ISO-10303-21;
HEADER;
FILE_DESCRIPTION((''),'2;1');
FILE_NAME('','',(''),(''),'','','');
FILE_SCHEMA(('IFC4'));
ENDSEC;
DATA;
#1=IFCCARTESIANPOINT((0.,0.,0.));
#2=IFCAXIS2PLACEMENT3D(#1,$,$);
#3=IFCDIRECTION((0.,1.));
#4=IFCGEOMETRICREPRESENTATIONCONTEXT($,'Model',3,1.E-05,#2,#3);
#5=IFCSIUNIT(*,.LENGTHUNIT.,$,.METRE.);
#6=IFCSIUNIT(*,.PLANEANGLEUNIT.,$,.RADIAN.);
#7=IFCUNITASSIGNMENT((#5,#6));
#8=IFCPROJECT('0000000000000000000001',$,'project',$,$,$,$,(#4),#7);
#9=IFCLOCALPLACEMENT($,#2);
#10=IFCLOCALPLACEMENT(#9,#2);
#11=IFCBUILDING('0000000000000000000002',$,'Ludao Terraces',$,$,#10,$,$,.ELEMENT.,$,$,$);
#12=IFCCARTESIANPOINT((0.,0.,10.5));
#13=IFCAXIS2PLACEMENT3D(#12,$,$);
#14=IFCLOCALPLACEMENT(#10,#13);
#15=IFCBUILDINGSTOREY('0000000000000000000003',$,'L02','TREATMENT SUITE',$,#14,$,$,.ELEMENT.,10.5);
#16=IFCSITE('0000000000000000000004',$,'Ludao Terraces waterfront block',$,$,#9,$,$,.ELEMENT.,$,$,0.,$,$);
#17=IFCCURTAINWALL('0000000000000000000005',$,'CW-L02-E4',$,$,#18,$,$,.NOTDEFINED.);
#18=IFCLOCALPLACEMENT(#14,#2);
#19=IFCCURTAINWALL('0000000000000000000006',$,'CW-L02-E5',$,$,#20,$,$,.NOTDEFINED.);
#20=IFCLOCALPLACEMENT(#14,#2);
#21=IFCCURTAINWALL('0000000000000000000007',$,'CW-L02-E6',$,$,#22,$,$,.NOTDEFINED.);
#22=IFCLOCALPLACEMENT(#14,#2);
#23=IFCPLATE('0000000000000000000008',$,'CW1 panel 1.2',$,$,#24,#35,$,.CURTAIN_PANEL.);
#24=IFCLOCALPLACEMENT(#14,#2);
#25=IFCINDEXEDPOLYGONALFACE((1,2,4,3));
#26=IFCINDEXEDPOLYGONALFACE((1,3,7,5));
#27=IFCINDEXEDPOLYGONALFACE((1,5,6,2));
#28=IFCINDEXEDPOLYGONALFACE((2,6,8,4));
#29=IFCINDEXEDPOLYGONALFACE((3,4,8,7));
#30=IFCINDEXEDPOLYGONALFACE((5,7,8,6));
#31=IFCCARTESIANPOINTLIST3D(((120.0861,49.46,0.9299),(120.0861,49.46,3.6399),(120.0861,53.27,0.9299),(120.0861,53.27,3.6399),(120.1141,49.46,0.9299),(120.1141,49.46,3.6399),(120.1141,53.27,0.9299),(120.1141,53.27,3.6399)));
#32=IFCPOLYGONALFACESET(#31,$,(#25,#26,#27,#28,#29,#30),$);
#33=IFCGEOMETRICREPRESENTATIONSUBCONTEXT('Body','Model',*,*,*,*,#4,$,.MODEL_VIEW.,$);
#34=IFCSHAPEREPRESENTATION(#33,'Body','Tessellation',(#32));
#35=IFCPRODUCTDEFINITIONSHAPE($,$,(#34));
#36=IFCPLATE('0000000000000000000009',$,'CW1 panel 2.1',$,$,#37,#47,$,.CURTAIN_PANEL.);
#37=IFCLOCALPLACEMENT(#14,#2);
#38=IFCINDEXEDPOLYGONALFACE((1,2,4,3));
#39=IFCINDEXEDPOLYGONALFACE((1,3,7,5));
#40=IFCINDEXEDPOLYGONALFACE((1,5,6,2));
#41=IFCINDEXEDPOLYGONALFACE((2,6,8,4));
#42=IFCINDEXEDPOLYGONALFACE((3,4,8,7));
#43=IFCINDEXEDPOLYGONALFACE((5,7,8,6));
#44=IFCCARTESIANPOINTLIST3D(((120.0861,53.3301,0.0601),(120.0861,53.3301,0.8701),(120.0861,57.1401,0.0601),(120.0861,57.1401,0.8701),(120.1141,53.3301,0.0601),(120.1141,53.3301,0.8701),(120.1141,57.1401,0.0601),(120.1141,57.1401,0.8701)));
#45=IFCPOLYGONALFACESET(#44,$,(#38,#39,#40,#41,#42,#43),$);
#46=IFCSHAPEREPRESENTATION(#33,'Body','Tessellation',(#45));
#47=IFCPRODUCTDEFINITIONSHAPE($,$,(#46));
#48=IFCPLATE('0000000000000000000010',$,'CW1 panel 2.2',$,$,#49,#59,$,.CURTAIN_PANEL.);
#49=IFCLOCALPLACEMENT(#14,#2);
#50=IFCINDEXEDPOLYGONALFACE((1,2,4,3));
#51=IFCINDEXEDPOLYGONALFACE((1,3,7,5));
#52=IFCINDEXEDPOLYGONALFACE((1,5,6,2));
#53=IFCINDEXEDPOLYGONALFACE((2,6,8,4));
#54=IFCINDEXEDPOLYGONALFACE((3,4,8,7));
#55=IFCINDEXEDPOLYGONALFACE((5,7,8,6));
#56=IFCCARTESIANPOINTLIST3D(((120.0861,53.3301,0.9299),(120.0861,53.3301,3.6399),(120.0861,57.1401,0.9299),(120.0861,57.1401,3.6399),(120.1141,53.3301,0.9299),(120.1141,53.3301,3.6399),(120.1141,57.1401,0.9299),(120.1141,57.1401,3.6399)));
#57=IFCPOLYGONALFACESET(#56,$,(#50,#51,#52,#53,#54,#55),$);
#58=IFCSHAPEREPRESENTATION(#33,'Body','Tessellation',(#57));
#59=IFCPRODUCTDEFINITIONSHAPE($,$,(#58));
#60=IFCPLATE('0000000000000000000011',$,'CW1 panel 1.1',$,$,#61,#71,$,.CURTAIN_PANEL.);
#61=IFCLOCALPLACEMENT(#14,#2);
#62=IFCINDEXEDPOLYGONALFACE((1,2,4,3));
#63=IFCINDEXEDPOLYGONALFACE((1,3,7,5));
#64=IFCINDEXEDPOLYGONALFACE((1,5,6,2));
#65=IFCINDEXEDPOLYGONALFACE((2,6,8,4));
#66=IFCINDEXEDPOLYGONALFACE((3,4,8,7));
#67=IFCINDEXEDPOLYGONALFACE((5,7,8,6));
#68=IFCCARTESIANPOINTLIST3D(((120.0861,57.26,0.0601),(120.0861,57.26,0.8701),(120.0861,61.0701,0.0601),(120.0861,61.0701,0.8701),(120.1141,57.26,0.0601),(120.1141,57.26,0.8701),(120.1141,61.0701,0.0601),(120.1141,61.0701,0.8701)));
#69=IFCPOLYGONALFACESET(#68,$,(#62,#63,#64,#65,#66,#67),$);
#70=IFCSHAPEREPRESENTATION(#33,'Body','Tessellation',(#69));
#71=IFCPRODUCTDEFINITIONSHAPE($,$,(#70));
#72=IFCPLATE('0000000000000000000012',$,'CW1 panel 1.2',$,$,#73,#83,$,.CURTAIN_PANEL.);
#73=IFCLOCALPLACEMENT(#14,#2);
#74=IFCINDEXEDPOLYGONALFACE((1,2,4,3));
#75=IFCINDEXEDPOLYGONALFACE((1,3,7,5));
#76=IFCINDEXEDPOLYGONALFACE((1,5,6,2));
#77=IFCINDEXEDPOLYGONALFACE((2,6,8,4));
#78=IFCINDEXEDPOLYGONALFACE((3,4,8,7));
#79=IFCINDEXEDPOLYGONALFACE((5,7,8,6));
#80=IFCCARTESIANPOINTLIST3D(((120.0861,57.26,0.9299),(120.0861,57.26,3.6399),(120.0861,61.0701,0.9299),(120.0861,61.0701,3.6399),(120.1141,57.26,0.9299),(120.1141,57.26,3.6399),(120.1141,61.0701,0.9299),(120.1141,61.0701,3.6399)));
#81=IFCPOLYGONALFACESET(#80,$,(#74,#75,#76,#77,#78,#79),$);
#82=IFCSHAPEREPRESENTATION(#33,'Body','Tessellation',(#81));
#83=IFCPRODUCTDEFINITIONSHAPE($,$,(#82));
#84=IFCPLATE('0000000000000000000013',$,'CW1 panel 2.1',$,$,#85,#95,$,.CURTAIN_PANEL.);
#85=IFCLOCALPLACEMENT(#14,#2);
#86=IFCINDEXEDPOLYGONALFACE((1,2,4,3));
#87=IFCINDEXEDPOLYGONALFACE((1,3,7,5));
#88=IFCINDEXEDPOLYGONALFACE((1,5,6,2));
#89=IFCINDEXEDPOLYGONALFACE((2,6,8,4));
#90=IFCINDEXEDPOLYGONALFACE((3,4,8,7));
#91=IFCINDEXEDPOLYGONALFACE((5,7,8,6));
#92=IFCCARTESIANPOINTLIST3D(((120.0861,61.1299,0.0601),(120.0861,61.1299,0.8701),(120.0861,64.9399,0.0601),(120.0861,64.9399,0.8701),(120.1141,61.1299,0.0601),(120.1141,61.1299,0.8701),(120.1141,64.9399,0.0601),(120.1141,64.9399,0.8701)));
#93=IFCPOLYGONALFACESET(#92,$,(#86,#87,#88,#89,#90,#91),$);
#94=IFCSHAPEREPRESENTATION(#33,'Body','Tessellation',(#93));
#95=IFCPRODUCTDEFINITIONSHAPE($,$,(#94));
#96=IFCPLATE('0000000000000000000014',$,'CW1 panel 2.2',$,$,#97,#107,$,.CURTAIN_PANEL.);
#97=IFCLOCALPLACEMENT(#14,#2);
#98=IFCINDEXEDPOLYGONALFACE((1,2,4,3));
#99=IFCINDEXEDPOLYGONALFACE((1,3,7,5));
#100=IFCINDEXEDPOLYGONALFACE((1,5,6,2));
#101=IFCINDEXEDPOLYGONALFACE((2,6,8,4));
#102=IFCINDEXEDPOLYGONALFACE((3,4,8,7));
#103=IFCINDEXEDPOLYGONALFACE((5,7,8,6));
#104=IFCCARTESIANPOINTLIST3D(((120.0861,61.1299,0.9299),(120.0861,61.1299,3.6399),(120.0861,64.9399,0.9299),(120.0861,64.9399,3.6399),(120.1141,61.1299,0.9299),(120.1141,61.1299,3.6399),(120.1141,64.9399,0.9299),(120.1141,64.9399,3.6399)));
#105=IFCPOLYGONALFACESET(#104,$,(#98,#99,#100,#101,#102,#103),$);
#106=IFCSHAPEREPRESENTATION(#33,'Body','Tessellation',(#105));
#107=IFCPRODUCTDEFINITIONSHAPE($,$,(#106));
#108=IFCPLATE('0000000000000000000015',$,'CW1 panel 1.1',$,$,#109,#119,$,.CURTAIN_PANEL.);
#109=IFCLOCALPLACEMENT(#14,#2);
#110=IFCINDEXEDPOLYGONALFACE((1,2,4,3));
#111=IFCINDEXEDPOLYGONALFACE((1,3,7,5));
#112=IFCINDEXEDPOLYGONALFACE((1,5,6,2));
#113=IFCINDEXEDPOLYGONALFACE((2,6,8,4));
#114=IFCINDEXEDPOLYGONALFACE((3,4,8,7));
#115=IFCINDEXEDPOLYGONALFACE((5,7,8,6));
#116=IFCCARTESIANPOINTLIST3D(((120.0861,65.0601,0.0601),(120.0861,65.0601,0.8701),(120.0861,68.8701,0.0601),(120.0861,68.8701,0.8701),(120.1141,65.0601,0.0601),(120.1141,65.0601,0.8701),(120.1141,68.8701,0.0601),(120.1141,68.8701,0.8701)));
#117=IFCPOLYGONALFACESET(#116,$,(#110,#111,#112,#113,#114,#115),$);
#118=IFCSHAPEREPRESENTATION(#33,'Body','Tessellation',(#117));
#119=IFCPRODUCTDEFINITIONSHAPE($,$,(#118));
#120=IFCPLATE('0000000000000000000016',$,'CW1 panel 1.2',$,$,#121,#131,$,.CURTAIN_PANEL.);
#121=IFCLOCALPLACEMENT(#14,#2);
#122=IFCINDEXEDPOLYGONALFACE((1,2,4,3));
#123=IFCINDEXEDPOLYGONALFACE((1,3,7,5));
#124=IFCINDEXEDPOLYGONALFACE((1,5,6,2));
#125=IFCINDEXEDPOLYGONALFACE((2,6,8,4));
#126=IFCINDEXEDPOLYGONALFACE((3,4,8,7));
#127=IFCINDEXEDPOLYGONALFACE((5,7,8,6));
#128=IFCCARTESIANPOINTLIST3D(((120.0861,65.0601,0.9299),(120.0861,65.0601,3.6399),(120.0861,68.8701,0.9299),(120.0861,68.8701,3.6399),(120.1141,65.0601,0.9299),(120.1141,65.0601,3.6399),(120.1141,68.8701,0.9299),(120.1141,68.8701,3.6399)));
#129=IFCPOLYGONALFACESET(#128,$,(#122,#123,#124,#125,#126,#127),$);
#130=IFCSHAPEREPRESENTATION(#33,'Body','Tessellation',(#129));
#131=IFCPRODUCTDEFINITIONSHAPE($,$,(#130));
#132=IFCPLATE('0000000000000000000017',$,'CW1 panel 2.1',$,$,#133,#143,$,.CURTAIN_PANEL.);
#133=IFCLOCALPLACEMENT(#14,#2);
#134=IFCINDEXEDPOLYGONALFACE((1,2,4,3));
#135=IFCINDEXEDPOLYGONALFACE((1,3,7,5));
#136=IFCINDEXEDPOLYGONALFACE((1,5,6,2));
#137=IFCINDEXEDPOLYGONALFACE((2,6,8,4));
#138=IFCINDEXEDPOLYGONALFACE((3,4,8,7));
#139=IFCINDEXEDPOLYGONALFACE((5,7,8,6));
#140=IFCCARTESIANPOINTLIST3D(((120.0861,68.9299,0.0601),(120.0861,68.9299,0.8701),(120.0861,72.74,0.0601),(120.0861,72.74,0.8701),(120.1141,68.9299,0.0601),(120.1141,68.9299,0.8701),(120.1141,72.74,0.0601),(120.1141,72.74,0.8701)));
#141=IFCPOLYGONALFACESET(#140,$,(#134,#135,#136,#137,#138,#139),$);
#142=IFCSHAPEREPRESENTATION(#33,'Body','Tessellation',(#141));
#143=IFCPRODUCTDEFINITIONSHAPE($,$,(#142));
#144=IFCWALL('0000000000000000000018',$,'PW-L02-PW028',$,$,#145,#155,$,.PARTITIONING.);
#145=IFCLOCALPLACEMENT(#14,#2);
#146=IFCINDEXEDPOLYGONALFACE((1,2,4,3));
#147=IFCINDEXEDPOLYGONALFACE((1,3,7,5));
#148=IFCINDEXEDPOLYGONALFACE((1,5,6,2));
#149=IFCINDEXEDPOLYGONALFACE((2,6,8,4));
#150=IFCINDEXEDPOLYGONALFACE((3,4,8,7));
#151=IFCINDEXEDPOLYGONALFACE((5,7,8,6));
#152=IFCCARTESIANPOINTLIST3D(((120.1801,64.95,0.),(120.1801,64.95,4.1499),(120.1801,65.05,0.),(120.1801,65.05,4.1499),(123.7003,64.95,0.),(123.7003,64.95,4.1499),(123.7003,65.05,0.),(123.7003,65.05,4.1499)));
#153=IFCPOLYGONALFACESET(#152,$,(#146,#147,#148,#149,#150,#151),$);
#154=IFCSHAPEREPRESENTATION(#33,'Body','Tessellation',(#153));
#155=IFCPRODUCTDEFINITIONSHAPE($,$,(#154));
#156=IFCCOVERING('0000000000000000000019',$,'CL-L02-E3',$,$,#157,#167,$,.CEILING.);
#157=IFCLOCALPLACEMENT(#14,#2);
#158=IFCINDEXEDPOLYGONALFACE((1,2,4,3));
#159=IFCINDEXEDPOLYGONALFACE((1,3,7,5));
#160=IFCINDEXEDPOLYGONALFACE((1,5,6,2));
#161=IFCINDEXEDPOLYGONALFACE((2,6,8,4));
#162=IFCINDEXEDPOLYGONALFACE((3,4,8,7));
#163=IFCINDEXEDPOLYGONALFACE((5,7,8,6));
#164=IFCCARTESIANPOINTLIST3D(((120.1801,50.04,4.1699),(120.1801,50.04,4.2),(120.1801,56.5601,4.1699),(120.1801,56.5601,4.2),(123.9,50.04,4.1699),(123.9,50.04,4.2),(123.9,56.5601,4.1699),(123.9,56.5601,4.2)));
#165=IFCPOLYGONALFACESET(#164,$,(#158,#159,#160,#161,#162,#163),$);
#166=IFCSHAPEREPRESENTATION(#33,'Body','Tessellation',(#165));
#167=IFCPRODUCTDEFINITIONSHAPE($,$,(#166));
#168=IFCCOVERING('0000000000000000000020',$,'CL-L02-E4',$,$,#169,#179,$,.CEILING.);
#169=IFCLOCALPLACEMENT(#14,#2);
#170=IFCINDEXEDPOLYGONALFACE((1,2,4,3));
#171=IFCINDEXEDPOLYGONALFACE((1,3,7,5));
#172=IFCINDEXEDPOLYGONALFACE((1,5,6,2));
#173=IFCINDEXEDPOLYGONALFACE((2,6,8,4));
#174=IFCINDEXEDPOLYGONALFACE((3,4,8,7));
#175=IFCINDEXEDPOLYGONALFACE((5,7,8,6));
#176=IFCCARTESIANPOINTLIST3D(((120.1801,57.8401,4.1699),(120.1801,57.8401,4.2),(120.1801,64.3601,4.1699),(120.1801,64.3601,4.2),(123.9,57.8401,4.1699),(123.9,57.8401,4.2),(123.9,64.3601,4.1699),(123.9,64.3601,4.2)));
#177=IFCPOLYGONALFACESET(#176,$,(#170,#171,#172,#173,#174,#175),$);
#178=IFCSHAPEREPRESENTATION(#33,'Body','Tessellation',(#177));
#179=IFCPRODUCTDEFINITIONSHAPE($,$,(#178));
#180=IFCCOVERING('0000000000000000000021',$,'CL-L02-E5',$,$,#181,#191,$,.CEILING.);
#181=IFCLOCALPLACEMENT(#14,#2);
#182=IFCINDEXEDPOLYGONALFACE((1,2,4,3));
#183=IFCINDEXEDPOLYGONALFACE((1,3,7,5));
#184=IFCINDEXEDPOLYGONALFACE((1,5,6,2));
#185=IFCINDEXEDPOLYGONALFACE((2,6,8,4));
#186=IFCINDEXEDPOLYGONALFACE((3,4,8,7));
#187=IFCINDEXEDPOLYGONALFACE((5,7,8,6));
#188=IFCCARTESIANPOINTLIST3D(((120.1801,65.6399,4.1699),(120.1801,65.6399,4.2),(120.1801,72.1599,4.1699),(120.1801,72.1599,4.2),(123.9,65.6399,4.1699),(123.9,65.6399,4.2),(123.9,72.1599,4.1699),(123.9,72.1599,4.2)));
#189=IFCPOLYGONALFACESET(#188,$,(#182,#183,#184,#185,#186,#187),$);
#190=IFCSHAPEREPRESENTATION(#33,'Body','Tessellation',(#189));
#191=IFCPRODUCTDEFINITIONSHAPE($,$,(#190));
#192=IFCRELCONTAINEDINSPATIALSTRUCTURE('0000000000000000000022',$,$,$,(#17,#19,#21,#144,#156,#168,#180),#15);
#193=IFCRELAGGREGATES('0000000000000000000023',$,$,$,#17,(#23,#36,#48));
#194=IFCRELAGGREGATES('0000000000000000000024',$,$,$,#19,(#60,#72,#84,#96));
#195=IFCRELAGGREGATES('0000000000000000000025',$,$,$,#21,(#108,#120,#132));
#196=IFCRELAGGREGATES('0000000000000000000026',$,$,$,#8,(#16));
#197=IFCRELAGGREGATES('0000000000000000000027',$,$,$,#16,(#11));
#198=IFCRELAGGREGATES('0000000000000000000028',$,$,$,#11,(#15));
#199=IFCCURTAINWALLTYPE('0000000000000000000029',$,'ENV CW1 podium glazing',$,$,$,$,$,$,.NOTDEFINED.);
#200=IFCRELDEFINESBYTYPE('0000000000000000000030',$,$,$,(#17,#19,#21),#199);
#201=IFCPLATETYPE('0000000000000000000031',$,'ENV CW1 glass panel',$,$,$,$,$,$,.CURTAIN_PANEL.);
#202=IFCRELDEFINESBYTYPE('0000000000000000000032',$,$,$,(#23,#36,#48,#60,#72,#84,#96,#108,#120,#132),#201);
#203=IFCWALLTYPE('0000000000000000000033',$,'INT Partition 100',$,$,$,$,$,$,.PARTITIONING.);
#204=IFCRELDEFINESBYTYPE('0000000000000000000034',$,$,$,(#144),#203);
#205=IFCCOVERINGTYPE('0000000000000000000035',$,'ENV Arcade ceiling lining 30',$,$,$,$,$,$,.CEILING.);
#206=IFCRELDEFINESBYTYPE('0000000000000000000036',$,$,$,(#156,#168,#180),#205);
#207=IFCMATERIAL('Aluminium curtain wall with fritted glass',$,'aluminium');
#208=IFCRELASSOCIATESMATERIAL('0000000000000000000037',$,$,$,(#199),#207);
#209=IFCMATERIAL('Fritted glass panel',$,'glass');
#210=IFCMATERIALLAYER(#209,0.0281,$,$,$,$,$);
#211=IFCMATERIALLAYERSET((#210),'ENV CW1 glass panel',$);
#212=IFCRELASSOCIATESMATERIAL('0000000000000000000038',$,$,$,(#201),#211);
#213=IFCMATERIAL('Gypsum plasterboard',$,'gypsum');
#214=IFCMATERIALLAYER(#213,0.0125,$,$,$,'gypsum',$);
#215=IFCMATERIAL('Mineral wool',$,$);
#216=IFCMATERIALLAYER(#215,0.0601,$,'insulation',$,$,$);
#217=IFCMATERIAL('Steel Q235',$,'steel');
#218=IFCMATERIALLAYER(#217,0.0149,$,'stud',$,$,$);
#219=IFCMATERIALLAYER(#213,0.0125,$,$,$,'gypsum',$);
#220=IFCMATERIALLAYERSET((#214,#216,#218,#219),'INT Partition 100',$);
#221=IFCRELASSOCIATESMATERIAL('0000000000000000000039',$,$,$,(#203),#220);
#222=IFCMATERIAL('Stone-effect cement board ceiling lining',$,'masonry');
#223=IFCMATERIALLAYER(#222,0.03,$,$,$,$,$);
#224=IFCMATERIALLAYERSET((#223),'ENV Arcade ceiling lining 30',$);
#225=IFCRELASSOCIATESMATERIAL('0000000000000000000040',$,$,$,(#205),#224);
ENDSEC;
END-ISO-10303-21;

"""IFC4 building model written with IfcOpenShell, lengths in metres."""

from ifc_helpers import new_model, si_unit, direction, frame, frame_2d, origin, origin_2d, place, context, subcontext, project, spatial, rectangle, extrude, material, layer, layer_set, type_object, element, aggregate, save


model = new_model("IFC4")

# Units and contexts
model_context = context("Model", 3, precision=1e-05, world=origin(), true_north=direction((0.0, 1.0)))
body_context = subcontext(model_context, "Body", "Model", "MODEL_VIEW")
ifc_project = project(units=[si_unit("LENGTHUNIT", "METRE"), si_unit("PLANEANGLEUNIT", "RADIAN")], contexts=[model_context])

# Site, building, storey
site_placement = place(None, origin())
site = spatial("IfcSite", under=ifc_project, at=site_placement, Name="Ludao Terraces waterfront block", CompositionType="ELEMENT", RefElevation=0.0)
building_placement = place(site_placement, origin())
building = spatial("IfcBuilding", under=site, at=building_placement, Name="Ludao Terraces", CompositionType="ELEMENT")
storey_placement = place(building_placement, frame((0.0, 0.0, 10.5)))
storey = spatial("IfcBuildingStorey", under=building, at=storey_placement, Name="L02", Description="TREATMENT SUITE", CompositionType="ELEMENT", Elevation=10.5)

# Curtain walls
ifc_material_1 = material(Name="Aluminium curtain wall with fritted glass", Category="aluminium")
curtain_wall_type = type_object("IfcCurtainWallType", Name="ENV CW1 podium glazing", PredefinedType="NOTDEFINED", material=ifc_material_1)
curtain_wall_1_placement = place(storey_placement, origin())
curtain_wall_1 = element("IfcCurtainWall", 1, at=curtain_wall_1_placement, inside=storey, type_object=curtain_wall_type, Name="CW-L02-E4", PredefinedType="NOTDEFINED")
curtain_wall_2_placement = place(storey_placement, origin())
curtain_wall_2 = element("IfcCurtainWall", 2, at=curtain_wall_2_placement, inside=storey, type_object=curtain_wall_type, Name="CW-L02-E5", PredefinedType="NOTDEFINED")
curtain_wall_3_placement = place(storey_placement, origin())
curtain_wall_3 = element("IfcCurtainWall", 3, at=curtain_wall_3_placement, inside=storey, type_object=curtain_wall_type, Name="CW-L02-E6", PredefinedType="NOTDEFINED")

# Plates
ifc_material_2 = material(Name="Fritted glass panel", Category="glass")
ifc_layer_1 = layer(ifc_material_2, 0.0281)
ifc_layer_set_1 = layer_set([ifc_layer_1], Name="ENV CW1 glass panel")
plate_type = type_object("IfcPlateType", Name="ENV CW1 glass panel", PredefinedType="CURTAIN_PANEL", material=ifc_layer_set_1)
plate_1_placement = place(storey_placement, frame((120.1001, 51.365, 0.9299), z_axis=(0.0, 0.0, 1.0), x_axis=(0.0, 1.0, 0.0)))
plate_1 = element("IfcPlate", 4, at=plate_1_placement, type_object=plate_type, Name="CW1 panel 1.2", PredefinedType="CURTAIN_PANEL", context=body_context, shape_type="SweptSolid", body=[
    extrude(rectangle(XDim=3.8101, YDim=0.0281, at=origin_2d()), origin(), (0.0, 0.0, 1.0), 2.71),
])
plate_2_placement = place(storey_placement, frame((120.1001, 55.2351, 0.0601), z_axis=(0.0, 0.0, 1.0), x_axis=(0.0, 1.0, 0.0)))
plate_2 = element("IfcPlate", 5, at=plate_2_placement, type_object=plate_type, Name="CW1 panel 2.1", PredefinedType="CURTAIN_PANEL", context=body_context, shape_type="SweptSolid", body=[
    extrude(rectangle(XDim=3.8101, YDim=0.0281, at=origin_2d()), origin(), (0.0, 0.0, 1.0), 0.8101),
])
plate_3_placement = place(storey_placement, frame((120.1001, 55.2351, 0.9299), z_axis=(0.0, 0.0, 1.0), x_axis=(0.0, 1.0, 0.0)))
plate_3 = element("IfcPlate", 6, at=plate_3_placement, type_object=plate_type, Name="CW1 panel 2.2", PredefinedType="CURTAIN_PANEL", context=body_context, shape_type="SweptSolid", body=[
    extrude(rectangle(XDim=3.8101, YDim=0.0281, at=origin_2d()), origin(), (0.0, 0.0, 1.0), 2.71),
])
aggregate(curtain_wall_1, [plate_1, plate_2, plate_3])
plate_4_placement = place(storey_placement, frame((120.1001, 59.165, 0.0601), z_axis=(0.0, 0.0, 1.0), x_axis=(0.0, 1.0, 0.0)))
plate_4 = element("IfcPlate", 7, at=plate_4_placement, type_object=plate_type, Name="CW1 panel 1.1", PredefinedType="CURTAIN_PANEL", context=body_context, shape_type="SweptSolid", body=[
    extrude(rectangle(XDim=3.8101, YDim=0.0281, at=origin_2d()), origin(), (0.0, 0.0, 1.0), 0.8101),
])
plate_5_placement = place(storey_placement, frame((120.1001, 59.165, 0.9299), z_axis=(0.0, 0.0, 1.0), x_axis=(0.0, 1.0, 0.0)))
plate_5 = element("IfcPlate", 8, at=plate_5_placement, type_object=plate_type, Name="CW1 panel 1.2", PredefinedType="CURTAIN_PANEL", context=body_context, shape_type="SweptSolid", body=[
    extrude(rectangle(XDim=3.8101, YDim=0.0281, at=origin_2d()), origin(), (0.0, 0.0, 1.0), 2.71),
])
plate_6_placement = place(storey_placement, frame((120.1001, 63.0349, 0.0601), z_axis=(0.0, 0.0, 1.0), x_axis=(0.0, 1.0, 0.0)))
plate_6 = element("IfcPlate", 9, at=plate_6_placement, type_object=plate_type, Name="CW1 panel 2.1", PredefinedType="CURTAIN_PANEL", context=body_context, shape_type="SweptSolid", body=[
    extrude(rectangle(XDim=3.8101, YDim=0.0281, at=origin_2d()), origin(), (0.0, 0.0, 1.0), 0.8101),
])
plate_7_placement = place(storey_placement, frame((120.1001, 63.0349, 0.9299), z_axis=(0.0, 0.0, 1.0), x_axis=(0.0, 1.0, 0.0)))
plate_7 = element("IfcPlate", 10, at=plate_7_placement, type_object=plate_type, Name="CW1 panel 2.2", PredefinedType="CURTAIN_PANEL", context=body_context, shape_type="SweptSolid", body=[
    extrude(rectangle(XDim=3.8101, YDim=0.0281, at=origin_2d()), origin(), (0.0, 0.0, 1.0), 2.71),
])
aggregate(curtain_wall_2, [plate_4, plate_5, plate_6, plate_7])
plate_8_placement = place(storey_placement, frame((120.1001, 66.9651, 0.0601), z_axis=(0.0, 0.0, 1.0), x_axis=(0.0, 1.0, 0.0)))
plate_8 = element("IfcPlate", 11, at=plate_8_placement, type_object=plate_type, Name="CW1 panel 1.1", PredefinedType="CURTAIN_PANEL", context=body_context, shape_type="SweptSolid", body=[
    extrude(rectangle(XDim=3.8101, YDim=0.0281, at=origin_2d()), origin(), (0.0, 0.0, 1.0), 0.8101),
])
plate_9_placement = place(storey_placement, frame((120.1001, 66.9651, 0.9299), z_axis=(0.0, 0.0, 1.0), x_axis=(0.0, 1.0, 0.0)))
plate_9 = element("IfcPlate", 12, at=plate_9_placement, type_object=plate_type, Name="CW1 panel 1.2", PredefinedType="CURTAIN_PANEL", context=body_context, shape_type="SweptSolid", body=[
    extrude(rectangle(XDim=3.8101, YDim=0.0281, at=origin_2d()), origin(), (0.0, 0.0, 1.0), 2.71),
])
plate_10_placement = place(storey_placement, frame((120.1001, 70.835, 0.0601), z_axis=(0.0, 0.0, 1.0), x_axis=(0.0, 1.0, 0.0)))
plate_10 = element("IfcPlate", 13, at=plate_10_placement, type_object=plate_type, Name="CW1 panel 2.1", PredefinedType="CURTAIN_PANEL", context=body_context, shape_type="SweptSolid", body=[
    extrude(rectangle(XDim=3.8101, YDim=0.0281, at=origin_2d()), origin(), (0.0, 0.0, 1.0), 0.8101),
])
aggregate(curtain_wall_3, [plate_8, plate_9, plate_10])

# Wall
ifc_material_3 = material(Name="Gypsum plasterboard", Category="gypsum")
ifc_layer_2 = layer(ifc_material_3, 0.0125, Category="gypsum")
ifc_material_4 = material(Name="Mineral wool")
ifc_layer_3 = layer(ifc_material_4, 0.0601, Name="insulation")
ifc_material_5 = material(Name="Steel Q235", Category="steel")
ifc_layer_4 = layer(ifc_material_5, 0.0149, Name="stud")
ifc_layer_5 = layer(ifc_material_3, 0.0125, Category="gypsum")
ifc_layer_set_2 = layer_set([ifc_layer_2, ifc_layer_3, ifc_layer_4, ifc_layer_5], Name="INT Partition 100")
wall_type = type_object("IfcWallType", Name="INT Partition 100", PredefinedType="PARTITIONING", material=ifc_layer_set_2)
wall_placement = place(storey_placement, frame((120.1799, 65.0, 0.0), z_axis=(0.0, 0.0, 1.0), x_axis=(1.0, 0.0, 0.0)))
element("IfcWall", 14, at=wall_placement, inside=storey, type_object=wall_type, Name="PW-L02-PW028", PredefinedType="PARTITIONING", context=body_context, shape_type="SweptSolid", body=[
    extrude(rectangle(XDim=3.5203, YDim=0.1001, at=frame_2d((1.7603, 0.0))), origin(), (0.0, 0.0, 1.0), 4.1499),
])

# Coverings
ifc_material_6 = material(Name="Stone-effect cement board ceiling lining", Category="masonry")
ifc_layer_6 = layer(ifc_material_6, 0.03)
ifc_layer_set_3 = layer_set([ifc_layer_6], Name="ENV Arcade ceiling lining 30")
covering_type = type_object("IfcCoveringType", Name="ENV Arcade ceiling lining 30", PredefinedType="CEILING", material=ifc_layer_set_3)
for number, where, z_axis, x_axis, name in (
    (15, (122.04, 53.3, 4.1699), (0.0, 0.0, 1.0), (1.0, 0.0, 0.0), "CL-L02-E3"),
    (16, (122.04, 61.1001, 4.1699), (0.0, 0.0, 1.0), (1.0, 0.0, 0.0), "CL-L02-E4"),
    (17, (122.04, 68.8999, 4.1699), (0.0, 0.0, 1.0), (1.0, 0.0, 0.0), "CL-L02-E5"),
):
    element("IfcCovering", number, at=place(storey_placement, frame(where, z_axis=z_axis, x_axis=x_axis)), inside=storey, type_object=covering_type, Name=name, PredefinedType="CEILING", context=body_context, shape_type="SweptSolid", body=[
        extrude(rectangle(XDim=3.72, YDim=6.52, at=origin_2d()), origin(), (0.0, 0.0, 1.0), 0.03),
    ])

save(model, "model.ifc")
